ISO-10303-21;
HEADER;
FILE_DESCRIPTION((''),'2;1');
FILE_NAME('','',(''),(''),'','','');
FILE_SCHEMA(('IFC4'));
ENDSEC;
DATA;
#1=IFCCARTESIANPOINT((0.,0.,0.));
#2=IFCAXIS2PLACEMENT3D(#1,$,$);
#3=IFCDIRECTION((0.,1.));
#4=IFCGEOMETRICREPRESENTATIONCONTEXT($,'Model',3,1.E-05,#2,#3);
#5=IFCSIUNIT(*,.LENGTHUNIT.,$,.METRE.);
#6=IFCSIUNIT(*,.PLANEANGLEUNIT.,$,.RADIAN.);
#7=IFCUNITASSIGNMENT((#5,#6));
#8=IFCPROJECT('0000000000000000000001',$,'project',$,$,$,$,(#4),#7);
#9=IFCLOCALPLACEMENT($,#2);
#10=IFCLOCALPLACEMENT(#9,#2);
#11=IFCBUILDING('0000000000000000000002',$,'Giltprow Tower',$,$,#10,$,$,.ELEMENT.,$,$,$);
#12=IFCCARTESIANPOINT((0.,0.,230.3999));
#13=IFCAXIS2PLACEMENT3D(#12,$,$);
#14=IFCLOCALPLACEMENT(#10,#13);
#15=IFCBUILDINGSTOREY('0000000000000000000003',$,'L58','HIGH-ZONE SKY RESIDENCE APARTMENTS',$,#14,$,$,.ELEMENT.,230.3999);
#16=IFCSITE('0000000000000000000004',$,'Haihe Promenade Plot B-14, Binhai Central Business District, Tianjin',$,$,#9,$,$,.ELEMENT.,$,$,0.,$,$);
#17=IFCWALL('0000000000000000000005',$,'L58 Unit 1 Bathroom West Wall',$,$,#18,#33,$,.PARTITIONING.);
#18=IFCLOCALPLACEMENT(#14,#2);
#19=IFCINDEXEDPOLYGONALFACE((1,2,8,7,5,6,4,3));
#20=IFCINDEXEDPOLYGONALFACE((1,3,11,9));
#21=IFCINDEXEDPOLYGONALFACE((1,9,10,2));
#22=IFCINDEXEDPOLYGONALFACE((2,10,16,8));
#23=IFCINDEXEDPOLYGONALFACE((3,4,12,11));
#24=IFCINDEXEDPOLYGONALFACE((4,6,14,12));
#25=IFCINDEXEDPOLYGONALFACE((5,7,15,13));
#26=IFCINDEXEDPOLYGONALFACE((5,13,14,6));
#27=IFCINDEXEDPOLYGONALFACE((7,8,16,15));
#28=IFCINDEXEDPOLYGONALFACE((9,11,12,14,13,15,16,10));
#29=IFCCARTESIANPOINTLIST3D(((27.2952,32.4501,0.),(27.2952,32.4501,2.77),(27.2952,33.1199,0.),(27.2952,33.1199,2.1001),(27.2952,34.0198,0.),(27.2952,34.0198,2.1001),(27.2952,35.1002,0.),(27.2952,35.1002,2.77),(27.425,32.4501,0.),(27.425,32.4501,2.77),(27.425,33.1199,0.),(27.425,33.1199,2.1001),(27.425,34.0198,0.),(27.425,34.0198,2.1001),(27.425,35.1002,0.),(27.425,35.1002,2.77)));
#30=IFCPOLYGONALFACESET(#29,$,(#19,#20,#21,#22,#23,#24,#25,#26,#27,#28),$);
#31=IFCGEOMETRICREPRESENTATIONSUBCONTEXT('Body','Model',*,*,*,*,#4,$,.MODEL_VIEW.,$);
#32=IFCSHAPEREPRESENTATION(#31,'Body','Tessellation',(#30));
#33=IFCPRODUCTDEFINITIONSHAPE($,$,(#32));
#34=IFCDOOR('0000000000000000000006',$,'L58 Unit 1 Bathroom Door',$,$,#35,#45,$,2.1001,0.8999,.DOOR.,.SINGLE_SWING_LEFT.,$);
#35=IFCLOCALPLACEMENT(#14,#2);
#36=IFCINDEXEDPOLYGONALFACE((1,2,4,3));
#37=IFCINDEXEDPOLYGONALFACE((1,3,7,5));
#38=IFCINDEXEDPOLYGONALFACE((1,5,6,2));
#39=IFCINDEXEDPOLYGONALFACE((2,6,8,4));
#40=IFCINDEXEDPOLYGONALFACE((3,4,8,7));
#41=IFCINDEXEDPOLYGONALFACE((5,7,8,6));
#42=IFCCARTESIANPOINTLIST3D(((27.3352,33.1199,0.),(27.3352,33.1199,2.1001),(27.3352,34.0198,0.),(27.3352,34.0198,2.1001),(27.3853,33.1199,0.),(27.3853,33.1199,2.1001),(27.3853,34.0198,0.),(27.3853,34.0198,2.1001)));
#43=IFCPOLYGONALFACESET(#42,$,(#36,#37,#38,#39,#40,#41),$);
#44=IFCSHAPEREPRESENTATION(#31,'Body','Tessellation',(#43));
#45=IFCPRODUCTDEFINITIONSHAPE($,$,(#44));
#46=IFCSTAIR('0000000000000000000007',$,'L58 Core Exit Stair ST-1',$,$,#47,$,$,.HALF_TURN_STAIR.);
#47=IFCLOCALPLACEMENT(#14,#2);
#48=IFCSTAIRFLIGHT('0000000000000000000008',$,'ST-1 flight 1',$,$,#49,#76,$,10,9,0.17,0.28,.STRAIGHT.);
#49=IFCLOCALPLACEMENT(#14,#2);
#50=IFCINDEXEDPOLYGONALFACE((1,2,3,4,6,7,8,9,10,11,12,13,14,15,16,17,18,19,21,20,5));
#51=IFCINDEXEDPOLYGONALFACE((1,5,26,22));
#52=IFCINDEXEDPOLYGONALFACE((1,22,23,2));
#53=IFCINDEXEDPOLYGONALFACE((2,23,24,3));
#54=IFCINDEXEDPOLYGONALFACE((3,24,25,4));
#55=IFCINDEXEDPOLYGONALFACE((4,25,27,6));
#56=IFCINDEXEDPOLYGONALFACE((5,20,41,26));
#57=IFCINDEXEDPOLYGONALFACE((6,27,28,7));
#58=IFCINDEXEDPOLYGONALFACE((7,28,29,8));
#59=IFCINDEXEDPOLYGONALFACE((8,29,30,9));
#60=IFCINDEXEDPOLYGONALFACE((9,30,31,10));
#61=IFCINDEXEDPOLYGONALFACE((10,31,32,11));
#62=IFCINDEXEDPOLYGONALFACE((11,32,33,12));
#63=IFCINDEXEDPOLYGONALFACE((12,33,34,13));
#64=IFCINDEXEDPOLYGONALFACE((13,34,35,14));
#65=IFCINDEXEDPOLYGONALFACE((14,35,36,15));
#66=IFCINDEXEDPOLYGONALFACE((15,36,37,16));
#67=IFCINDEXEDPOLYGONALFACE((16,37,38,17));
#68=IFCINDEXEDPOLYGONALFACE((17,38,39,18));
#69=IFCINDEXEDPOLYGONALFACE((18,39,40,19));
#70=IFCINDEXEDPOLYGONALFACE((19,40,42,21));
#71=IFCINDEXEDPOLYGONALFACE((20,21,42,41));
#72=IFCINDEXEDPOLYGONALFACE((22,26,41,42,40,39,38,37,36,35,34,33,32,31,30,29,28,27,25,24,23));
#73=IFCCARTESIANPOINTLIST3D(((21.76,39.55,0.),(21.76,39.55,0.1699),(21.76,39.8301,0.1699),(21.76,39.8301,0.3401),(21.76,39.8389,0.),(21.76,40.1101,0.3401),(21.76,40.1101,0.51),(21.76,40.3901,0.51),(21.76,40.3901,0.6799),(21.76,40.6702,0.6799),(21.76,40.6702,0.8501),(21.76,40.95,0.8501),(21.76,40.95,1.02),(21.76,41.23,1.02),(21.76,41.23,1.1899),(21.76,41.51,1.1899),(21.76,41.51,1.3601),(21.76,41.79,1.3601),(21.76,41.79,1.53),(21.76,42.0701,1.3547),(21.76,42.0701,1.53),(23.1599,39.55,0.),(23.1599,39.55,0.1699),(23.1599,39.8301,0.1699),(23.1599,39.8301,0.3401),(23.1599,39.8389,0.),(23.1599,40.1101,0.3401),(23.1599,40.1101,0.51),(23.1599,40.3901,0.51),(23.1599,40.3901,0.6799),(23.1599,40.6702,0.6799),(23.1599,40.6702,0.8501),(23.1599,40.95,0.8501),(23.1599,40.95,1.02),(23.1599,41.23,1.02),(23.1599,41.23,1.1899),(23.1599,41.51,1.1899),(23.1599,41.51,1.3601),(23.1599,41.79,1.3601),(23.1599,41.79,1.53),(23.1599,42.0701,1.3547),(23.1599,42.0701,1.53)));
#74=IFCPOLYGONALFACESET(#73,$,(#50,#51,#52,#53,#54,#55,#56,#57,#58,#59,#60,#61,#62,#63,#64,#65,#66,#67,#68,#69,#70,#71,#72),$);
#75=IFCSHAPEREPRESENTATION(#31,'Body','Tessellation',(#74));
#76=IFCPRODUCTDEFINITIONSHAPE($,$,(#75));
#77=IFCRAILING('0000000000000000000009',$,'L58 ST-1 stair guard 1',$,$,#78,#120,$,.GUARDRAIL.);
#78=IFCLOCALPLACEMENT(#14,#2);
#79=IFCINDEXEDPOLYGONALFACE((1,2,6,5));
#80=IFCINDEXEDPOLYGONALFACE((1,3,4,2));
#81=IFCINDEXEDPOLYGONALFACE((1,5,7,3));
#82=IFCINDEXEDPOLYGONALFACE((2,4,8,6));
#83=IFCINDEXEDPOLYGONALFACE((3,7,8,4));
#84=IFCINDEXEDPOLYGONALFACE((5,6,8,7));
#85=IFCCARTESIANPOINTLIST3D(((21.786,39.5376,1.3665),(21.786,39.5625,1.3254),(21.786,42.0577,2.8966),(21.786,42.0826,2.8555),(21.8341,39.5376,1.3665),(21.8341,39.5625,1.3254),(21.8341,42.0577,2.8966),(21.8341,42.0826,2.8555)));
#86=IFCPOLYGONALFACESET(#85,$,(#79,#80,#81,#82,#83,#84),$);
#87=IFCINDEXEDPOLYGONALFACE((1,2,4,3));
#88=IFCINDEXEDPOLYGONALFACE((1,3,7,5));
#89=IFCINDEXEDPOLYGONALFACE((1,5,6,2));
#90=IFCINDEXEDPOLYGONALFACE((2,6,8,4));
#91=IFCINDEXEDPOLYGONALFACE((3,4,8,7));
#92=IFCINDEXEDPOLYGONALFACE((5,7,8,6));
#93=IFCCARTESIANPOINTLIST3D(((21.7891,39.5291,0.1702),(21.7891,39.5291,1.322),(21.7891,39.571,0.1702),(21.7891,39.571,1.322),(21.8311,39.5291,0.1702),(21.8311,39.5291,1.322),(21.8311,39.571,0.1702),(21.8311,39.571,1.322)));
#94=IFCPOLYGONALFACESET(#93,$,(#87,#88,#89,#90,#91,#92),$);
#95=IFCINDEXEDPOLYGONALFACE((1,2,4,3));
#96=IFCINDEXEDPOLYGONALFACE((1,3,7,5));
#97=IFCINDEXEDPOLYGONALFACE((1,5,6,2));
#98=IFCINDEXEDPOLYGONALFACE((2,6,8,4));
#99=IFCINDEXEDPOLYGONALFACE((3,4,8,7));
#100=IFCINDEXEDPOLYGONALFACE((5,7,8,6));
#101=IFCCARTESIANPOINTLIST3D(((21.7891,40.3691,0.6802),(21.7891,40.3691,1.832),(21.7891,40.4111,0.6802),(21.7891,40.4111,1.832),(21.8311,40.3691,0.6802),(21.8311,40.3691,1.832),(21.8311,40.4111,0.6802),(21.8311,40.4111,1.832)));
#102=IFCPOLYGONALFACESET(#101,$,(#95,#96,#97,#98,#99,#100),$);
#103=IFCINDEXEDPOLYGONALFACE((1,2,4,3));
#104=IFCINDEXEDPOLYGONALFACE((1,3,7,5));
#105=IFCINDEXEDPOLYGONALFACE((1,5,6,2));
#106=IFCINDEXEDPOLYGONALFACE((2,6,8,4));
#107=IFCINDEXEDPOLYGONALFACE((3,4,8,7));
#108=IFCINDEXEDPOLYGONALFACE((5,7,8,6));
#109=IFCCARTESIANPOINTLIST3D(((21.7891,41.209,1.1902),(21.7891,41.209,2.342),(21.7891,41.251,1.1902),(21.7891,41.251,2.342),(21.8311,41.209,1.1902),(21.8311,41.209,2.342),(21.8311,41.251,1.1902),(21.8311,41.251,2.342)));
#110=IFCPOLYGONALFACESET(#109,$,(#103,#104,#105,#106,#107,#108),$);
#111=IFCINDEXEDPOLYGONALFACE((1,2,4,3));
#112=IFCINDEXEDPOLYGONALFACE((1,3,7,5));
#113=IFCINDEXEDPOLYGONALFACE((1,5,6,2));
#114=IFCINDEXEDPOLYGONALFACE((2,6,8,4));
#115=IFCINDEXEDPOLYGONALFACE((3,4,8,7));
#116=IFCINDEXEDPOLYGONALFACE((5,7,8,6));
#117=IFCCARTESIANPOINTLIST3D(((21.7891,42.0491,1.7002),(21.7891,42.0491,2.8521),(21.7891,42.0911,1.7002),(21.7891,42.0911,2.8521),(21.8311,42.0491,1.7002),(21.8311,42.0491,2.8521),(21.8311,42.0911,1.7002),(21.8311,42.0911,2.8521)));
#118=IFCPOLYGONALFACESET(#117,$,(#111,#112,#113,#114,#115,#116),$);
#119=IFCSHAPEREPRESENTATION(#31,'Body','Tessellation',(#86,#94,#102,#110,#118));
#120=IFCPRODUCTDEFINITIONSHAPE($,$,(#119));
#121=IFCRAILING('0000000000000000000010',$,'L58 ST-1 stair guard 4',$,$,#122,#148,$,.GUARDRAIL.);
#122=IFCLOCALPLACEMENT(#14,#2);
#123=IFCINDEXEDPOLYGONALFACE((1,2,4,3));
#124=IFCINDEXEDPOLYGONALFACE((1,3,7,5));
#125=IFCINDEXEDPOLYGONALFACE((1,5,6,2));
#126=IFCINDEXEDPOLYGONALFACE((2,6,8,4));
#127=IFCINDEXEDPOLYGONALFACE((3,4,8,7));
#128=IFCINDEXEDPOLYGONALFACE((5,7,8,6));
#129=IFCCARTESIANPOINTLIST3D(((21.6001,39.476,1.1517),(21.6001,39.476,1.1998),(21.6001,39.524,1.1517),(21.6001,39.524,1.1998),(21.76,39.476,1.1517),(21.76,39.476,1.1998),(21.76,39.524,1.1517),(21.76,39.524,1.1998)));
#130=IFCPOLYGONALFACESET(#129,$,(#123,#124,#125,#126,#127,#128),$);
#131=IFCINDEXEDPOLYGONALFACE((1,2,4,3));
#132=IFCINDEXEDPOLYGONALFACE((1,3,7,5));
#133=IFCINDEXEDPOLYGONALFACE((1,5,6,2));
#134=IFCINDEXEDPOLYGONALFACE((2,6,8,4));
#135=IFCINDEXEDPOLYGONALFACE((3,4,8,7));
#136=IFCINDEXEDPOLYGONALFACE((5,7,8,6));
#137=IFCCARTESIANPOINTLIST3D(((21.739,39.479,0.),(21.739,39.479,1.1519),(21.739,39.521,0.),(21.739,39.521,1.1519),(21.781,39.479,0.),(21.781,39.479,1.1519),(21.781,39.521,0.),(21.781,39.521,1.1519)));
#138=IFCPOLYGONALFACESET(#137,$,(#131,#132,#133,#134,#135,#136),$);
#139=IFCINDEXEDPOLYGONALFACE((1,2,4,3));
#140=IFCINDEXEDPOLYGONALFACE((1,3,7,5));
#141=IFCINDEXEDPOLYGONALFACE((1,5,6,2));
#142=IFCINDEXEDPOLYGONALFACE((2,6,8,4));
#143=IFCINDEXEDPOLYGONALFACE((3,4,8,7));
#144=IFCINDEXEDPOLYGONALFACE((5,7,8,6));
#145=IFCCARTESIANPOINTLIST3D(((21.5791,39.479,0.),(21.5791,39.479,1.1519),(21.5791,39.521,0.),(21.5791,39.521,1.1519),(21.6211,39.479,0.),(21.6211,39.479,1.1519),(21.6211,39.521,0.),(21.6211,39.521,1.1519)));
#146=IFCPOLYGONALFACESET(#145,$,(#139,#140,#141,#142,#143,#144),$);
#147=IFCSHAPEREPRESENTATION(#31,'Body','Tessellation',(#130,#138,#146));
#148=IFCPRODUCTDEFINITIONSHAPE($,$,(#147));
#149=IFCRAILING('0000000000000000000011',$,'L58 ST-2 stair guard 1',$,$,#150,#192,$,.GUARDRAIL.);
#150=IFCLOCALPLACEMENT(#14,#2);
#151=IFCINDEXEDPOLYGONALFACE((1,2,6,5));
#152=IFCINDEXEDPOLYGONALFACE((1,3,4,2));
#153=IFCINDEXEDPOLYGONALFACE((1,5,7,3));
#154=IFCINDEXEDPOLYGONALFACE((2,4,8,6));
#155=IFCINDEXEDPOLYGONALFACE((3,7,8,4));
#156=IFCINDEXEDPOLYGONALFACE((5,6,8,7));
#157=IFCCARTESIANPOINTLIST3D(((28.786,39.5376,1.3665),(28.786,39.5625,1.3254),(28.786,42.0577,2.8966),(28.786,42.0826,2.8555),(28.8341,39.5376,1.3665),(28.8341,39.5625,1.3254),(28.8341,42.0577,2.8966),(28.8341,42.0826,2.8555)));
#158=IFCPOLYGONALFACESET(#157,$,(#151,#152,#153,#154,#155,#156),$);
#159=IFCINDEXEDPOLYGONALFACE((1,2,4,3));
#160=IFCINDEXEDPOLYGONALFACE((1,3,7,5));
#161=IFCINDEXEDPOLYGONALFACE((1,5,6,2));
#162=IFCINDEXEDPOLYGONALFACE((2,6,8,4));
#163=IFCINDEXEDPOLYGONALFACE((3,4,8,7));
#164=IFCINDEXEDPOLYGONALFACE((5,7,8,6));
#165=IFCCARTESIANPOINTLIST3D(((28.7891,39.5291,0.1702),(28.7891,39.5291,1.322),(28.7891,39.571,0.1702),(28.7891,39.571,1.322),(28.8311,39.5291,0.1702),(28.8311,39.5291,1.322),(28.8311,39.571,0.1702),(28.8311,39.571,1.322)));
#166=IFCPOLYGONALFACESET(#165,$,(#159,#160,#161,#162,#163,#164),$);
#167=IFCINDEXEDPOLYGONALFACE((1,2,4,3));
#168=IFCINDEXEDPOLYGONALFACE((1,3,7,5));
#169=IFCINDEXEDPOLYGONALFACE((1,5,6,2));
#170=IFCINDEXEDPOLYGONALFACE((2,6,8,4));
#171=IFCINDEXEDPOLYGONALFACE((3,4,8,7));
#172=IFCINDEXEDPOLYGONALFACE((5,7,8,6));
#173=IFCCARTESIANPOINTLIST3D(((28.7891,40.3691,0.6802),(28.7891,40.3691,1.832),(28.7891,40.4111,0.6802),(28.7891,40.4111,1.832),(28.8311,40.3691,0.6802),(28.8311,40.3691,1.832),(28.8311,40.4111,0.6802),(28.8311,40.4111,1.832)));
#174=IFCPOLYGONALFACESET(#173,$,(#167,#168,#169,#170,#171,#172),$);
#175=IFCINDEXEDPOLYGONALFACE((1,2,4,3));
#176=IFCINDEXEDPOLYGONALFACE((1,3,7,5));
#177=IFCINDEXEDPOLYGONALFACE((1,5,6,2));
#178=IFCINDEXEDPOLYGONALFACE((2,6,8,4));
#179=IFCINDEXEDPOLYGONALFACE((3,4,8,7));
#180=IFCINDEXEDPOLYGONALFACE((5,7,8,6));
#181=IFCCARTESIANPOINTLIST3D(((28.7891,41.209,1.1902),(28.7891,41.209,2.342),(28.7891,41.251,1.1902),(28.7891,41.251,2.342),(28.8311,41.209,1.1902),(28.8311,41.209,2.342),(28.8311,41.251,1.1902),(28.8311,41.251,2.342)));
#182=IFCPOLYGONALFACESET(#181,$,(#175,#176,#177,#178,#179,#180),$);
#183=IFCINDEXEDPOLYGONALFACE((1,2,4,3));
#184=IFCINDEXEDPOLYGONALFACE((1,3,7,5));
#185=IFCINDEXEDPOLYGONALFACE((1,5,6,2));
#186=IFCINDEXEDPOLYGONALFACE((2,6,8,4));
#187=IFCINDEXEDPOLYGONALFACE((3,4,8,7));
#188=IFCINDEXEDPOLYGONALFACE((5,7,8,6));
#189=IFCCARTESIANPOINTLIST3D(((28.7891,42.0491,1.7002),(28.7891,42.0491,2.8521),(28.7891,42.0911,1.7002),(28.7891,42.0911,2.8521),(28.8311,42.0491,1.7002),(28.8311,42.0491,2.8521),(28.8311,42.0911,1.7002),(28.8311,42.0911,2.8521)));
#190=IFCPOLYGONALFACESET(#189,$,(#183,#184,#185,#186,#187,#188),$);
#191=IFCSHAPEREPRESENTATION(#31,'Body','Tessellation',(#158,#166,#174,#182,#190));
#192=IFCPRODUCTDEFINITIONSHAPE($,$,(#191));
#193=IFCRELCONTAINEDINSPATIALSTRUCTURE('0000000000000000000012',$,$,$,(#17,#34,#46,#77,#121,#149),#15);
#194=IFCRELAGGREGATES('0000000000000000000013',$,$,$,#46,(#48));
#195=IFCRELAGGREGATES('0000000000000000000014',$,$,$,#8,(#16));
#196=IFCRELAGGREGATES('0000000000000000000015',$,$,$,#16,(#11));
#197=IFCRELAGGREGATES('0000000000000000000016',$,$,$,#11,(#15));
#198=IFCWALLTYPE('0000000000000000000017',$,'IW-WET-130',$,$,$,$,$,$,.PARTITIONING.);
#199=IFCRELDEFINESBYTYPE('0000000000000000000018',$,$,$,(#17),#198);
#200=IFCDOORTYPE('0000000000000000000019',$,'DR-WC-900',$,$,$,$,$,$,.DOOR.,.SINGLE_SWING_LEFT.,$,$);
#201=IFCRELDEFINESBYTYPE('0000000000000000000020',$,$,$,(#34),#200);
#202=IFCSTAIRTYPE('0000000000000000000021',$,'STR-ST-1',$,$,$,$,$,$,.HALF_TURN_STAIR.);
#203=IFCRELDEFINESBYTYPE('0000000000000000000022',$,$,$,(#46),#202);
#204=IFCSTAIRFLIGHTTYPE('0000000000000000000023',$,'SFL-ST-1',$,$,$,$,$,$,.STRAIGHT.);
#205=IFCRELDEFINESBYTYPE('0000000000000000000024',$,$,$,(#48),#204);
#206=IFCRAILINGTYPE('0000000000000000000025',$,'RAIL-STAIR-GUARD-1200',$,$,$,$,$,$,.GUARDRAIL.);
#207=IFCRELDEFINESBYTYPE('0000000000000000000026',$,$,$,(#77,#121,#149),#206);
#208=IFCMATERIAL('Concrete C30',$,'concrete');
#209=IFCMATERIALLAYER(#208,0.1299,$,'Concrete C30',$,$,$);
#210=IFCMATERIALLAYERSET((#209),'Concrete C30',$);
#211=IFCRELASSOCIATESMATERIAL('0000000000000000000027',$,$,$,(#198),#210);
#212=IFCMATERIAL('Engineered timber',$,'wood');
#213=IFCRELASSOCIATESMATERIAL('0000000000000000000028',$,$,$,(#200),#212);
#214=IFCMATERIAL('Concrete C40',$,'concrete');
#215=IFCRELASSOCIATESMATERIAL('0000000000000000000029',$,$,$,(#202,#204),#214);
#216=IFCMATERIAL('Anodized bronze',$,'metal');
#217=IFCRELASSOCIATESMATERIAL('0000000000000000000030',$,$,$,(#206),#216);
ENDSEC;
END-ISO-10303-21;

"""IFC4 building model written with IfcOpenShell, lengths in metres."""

from ifc_helpers import new_model, si_unit, direction, frame, frame_2d, origin, origin_2d, place, context, subcontext, project, spatial, polyline, rectangle, outline, extrude, source, transform, mapped, material, layer, layer_set, type_object, element, fill, aggregate, save


model = new_model("IFC4")

# Units and contexts
model_context = context("Model", 3, precision=1e-05, world=origin(), true_north=direction((0.0, 1.0)))
body_context = subcontext(model_context, "Body", "Model", "MODEL_VIEW")
ifc_project = project(units=[si_unit("LENGTHUNIT", "METRE"), si_unit("PLANEANGLEUNIT", "RADIAN")], contexts=[model_context])

# Site, building, storey
site_placement = place(None, origin())
site = spatial("IfcSite", under=ifc_project, at=site_placement, Name="Haihe Promenade Plot B-14, Binhai Central Business District, Tianjin", CompositionType="ELEMENT", RefElevation=0.0)
building_placement = place(site_placement, origin())
building = spatial("IfcBuilding", under=site, at=building_placement, Name="Giltprow Tower", CompositionType="ELEMENT")
storey_placement = place(building_placement, frame((0.0, 0.0, 230.3999)))
storey = spatial("IfcBuildingStorey", under=building, at=storey_placement, Name="L58", Description="HIGH-ZONE SKY RESIDENCE APARTMENTS", CompositionType="ELEMENT", Elevation=230.3999)

# Shared definitions
ifc_material_1 = material(Name="Concrete C40", Category="concrete")

# Shared definitions
ifc_material_2 = material(Name="Concrete C30", Category="concrete")
ifc_layer_1 = layer(ifc_material_2, 0.1299, Name="Concrete C30")
ifc_layer_set_1 = layer_set([ifc_layer_1], Name="Concrete C30")
wall_type_1 = type_object("IfcWallType", Name="IW-WET-130", PredefinedType="PARTITIONING", material=ifc_layer_set_1)

# Wall, opening, door
wall_1_placement = place(storey_placement, frame((27.3601, 32.45, 0.0), z_axis=(0.0, 0.0, 1.0), x_axis=(0.0, 1.0, 0.0)))
wall_1 = element("IfcWall", 1, at=wall_1_placement, inside=storey, type_object=wall_type_1, Name="L58 Unit 1 Bathroom West Wall", PredefinedType="PARTITIONING", context=body_context, shape_type="SweptSolid", body=[
    extrude(rectangle(XDim=2.6501, YDim=0.1299, at=frame_2d((1.3252, 0.0))), origin(), (0.0, 0.0, 1.0), 2.77),
])
opening_1_placement = place(wall_1_placement, frame((0.6699, 0.0, 0.0)))
opening_1 = element("IfcOpeningElement", 2, at=opening_1_placement, cuts=wall_1, PredefinedType="OPENING", context=body_context, shape_type="SweptSolid", body=[
    extrude(rectangle(XDim=0.8999, YDim=2.1001, at=frame_2d((0.45, 1.05))), frame((0.0, 0.075, 0.0), z_axis=(0.0, -1.0, 0.0), x_axis=(1.0, 0.0, 0.0)), (0.0, 0.0, 1.0), 0.1499),
])
ifc_material_3 = material(Name="Engineered timber", Category="wood")
door_type_1 = type_object("IfcDoorType", Name="DR-WC-900", OperationType="SINGLE_SWING_LEFT", PredefinedType="DOOR", material=ifc_material_3)
shared_shape_1 = source(origin(), body_context, "Body", "SweptSolid", [
    extrude(rectangle(XDim=0.8999, YDim=2.1001, at=frame_2d((0.45, 1.05))), frame((0.0, 0.0249, 0.0), z_axis=(0.0, -1.0, 0.0), x_axis=(1.0, 0.0, 0.0)), (0.0, 0.0, 1.0), 0.05),
])
door_1_placement = place(opening_1_placement, origin())
door_1 = element("IfcDoor", 3, at=door_1_placement, inside=storey, type_object=door_type_1, Name="L58 Unit 1 Bathroom Door", OperationType="SINGLE_SWING_LEFT", OverallHeight=2.1001, OverallWidth=0.8999, PredefinedType="DOOR", context=body_context, shape_type="MappedRepresentation", body=[
    mapped(shared_shape_1, transform((0.0, 0.0, 0.0), x_axis=(1.0, 0.0, 0.0), y_axis=(0.0, 1.0, 0.0), z_axis=(0.0, 0.0, 1.0), scale=1.0)),
])
fill(opening_1, door_1)

# Stair, stair flight
stair_type = type_object("IfcStairType", Name="STR-ST-1", PredefinedType="HALF_TURN_STAIR", material=ifc_material_1)
stair_placement = place(storey_placement, origin())
stair = element("IfcStair", 4, at=stair_placement, inside=storey, type_object=stair_type, Name="L58 Core Exit Stair ST-1", PredefinedType="HALF_TURN_STAIR")
stair_flight_type = type_object("IfcStairFlightType", Name="SFL-ST-1", PredefinedType="STRAIGHT", material=ifc_material_1)
stair_flight_placement = place(storey_placement, frame((22.46, 39.55, 0.0), z_axis=(0.0, 0.0, 1.0), x_axis=(0.0, 1.0, 0.0)))
stair_flight = element("IfcStairFlight", 5, at=stair_flight_placement, type_object=stair_flight_type, Name="ST-1 flight 1", NumberOfRisers=10, NumberOfTreads=9, PredefinedType="STRAIGHT", RiserHeight=0.17, TreadLength=0.28, context=body_context, shape_type="SweptSolid", body=[
    extrude(outline(polyline([(0.0, 0.0), (0.0, 0.1699), (0.28, 0.1699), (0.28, 0.3401), (0.5601, 0.3401), (0.5601, 0.51), (0.8401, 0.51), (0.8401, 0.6799), (1.1201, 0.6799), (1.1201, 0.8501), (1.3999, 0.8501), (1.3999, 1.02), (1.6799, 1.02), (1.6799, 1.1899), (1.96, 1.1899), (1.96, 1.3601), (2.24, 1.3601), (2.24, 1.53), (2.52, 1.53), (2.52, 1.7), (2.52, 1.3547), (0.2888, 0.0), (0.0, 0.0)])), frame((0.0, 0.7, 0.0), z_axis=(0.0, -1.0, 0.0), x_axis=(1.0, 0.0, 0.0)), (0.0, 0.0, 1.0), 1.3999),
])
aggregate(stair, [stair_flight])

# Railings
ifc_material_4 = material(Name="Anodized bronze", Category="metal")
railing_type_1 = type_object("IfcRailingType", Name="RAIL-STAIR-GUARD-1200", PredefinedType="GUARDRAIL", material=ifc_material_4)
railing_1_placement = place(storey_placement, frame((21.8101, 39.55, 0.1702)))
element("IfcRailing", 6, at=railing_1_placement, inside=storey, type_object=railing_type_1, Name="L58 ST-1 stair guard 1", PredefinedType="GUARDRAIL", context=body_context, shape_type="SweptSolid", body=[
    extrude(rectangle(XDim=0.0481, YDim=0.0481, at=origin_2d()), frame((0.0, 0.0, 1.1758), z_axis=(0.0, 0.854785, 0.518982), x_axis=(-1.0, 0.0, 0.0)), (0.0, 0.0, 1.0), 2.9482),
    extrude(rectangle(XDim=0.042, YDim=0.042, at=origin_2d()), origin(), (0.0, 0.0, 1.0), 1.1519),
    extrude(rectangle(XDim=0.042, YDim=0.042, at=origin_2d()), frame((0.0, 0.8401, 0.51)), (0.0, 0.0, 1.0), 1.1519),
    extrude(rectangle(XDim=0.042, YDim=0.042, at=origin_2d()), frame((0.0, 1.6799, 1.02)), (0.0, 0.0, 1.0), 1.1519),
    extrude(rectangle(XDim=0.042, YDim=0.042, at=origin_2d()), frame((0.0, 2.52, 1.53)), (0.0, 0.0, 1.0), 1.1519),
])
railing_2_placement = place(storey_placement, frame((21.76, 39.5, 0.0)))
element("IfcRailing", 7, at=railing_2_placement, inside=storey, type_object=railing_type_1, Name="L58 ST-1 stair guard 4", PredefinedType="GUARDRAIL", context=body_context, shape_type="SweptSolid", body=[
    extrude(rectangle(XDim=0.0481, YDim=0.0481, at=origin_2d()), frame((0.0, 0.0, 1.1758), z_axis=(-1.0, 0.0, 0.0), x_axis=(0.0, -1.0, 0.0)), (0.0, 0.0, 1.0), 0.1599),
    extrude(rectangle(XDim=0.042, YDim=0.042, at=origin_2d()), origin(), (0.0, 0.0, 1.0), 1.1519),
    extrude(rectangle(XDim=0.042, YDim=0.042, at=origin_2d()), frame((-0.1599, 0.0, 0.0)), (0.0, 0.0, 1.0), 1.1519),
])
railing_3_placement = place(storey_placement, frame((28.8101, 39.55, 0.1702)))
element("IfcRailing", 8, at=railing_3_placement, inside=storey, type_object=railing_type_1, Name="L58 ST-2 stair guard 1", PredefinedType="GUARDRAIL", context=body_context, shape_type="SweptSolid", body=[
    extrude(rectangle(XDim=0.0481, YDim=0.0481, at=origin_2d()), frame((0.0, 0.0, 1.1758), z_axis=(0.0, 0.854785, 0.518982), x_axis=(-1.0, 0.0, 0.0)), (0.0, 0.0, 1.0), 2.9482),
    extrude(rectangle(XDim=0.042, YDim=0.042, at=origin_2d()), origin(), (0.0, 0.0, 1.0), 1.1519),
    extrude(rectangle(XDim=0.042, YDim=0.042, at=origin_2d()), frame((0.0, 0.8401, 0.51)), (0.0, 0.0, 1.0), 1.1519),
    extrude(rectangle(XDim=0.042, YDim=0.042, at=origin_2d()), frame((0.0, 1.6799, 1.02)), (0.0, 0.0, 1.0), 1.1519),
    extrude(rectangle(XDim=0.042, YDim=0.042, at=origin_2d()), frame((0.0, 2.52, 1.53)), (0.0, 0.0, 1.0), 1.1519),
])

save(model, "model.ifc")
